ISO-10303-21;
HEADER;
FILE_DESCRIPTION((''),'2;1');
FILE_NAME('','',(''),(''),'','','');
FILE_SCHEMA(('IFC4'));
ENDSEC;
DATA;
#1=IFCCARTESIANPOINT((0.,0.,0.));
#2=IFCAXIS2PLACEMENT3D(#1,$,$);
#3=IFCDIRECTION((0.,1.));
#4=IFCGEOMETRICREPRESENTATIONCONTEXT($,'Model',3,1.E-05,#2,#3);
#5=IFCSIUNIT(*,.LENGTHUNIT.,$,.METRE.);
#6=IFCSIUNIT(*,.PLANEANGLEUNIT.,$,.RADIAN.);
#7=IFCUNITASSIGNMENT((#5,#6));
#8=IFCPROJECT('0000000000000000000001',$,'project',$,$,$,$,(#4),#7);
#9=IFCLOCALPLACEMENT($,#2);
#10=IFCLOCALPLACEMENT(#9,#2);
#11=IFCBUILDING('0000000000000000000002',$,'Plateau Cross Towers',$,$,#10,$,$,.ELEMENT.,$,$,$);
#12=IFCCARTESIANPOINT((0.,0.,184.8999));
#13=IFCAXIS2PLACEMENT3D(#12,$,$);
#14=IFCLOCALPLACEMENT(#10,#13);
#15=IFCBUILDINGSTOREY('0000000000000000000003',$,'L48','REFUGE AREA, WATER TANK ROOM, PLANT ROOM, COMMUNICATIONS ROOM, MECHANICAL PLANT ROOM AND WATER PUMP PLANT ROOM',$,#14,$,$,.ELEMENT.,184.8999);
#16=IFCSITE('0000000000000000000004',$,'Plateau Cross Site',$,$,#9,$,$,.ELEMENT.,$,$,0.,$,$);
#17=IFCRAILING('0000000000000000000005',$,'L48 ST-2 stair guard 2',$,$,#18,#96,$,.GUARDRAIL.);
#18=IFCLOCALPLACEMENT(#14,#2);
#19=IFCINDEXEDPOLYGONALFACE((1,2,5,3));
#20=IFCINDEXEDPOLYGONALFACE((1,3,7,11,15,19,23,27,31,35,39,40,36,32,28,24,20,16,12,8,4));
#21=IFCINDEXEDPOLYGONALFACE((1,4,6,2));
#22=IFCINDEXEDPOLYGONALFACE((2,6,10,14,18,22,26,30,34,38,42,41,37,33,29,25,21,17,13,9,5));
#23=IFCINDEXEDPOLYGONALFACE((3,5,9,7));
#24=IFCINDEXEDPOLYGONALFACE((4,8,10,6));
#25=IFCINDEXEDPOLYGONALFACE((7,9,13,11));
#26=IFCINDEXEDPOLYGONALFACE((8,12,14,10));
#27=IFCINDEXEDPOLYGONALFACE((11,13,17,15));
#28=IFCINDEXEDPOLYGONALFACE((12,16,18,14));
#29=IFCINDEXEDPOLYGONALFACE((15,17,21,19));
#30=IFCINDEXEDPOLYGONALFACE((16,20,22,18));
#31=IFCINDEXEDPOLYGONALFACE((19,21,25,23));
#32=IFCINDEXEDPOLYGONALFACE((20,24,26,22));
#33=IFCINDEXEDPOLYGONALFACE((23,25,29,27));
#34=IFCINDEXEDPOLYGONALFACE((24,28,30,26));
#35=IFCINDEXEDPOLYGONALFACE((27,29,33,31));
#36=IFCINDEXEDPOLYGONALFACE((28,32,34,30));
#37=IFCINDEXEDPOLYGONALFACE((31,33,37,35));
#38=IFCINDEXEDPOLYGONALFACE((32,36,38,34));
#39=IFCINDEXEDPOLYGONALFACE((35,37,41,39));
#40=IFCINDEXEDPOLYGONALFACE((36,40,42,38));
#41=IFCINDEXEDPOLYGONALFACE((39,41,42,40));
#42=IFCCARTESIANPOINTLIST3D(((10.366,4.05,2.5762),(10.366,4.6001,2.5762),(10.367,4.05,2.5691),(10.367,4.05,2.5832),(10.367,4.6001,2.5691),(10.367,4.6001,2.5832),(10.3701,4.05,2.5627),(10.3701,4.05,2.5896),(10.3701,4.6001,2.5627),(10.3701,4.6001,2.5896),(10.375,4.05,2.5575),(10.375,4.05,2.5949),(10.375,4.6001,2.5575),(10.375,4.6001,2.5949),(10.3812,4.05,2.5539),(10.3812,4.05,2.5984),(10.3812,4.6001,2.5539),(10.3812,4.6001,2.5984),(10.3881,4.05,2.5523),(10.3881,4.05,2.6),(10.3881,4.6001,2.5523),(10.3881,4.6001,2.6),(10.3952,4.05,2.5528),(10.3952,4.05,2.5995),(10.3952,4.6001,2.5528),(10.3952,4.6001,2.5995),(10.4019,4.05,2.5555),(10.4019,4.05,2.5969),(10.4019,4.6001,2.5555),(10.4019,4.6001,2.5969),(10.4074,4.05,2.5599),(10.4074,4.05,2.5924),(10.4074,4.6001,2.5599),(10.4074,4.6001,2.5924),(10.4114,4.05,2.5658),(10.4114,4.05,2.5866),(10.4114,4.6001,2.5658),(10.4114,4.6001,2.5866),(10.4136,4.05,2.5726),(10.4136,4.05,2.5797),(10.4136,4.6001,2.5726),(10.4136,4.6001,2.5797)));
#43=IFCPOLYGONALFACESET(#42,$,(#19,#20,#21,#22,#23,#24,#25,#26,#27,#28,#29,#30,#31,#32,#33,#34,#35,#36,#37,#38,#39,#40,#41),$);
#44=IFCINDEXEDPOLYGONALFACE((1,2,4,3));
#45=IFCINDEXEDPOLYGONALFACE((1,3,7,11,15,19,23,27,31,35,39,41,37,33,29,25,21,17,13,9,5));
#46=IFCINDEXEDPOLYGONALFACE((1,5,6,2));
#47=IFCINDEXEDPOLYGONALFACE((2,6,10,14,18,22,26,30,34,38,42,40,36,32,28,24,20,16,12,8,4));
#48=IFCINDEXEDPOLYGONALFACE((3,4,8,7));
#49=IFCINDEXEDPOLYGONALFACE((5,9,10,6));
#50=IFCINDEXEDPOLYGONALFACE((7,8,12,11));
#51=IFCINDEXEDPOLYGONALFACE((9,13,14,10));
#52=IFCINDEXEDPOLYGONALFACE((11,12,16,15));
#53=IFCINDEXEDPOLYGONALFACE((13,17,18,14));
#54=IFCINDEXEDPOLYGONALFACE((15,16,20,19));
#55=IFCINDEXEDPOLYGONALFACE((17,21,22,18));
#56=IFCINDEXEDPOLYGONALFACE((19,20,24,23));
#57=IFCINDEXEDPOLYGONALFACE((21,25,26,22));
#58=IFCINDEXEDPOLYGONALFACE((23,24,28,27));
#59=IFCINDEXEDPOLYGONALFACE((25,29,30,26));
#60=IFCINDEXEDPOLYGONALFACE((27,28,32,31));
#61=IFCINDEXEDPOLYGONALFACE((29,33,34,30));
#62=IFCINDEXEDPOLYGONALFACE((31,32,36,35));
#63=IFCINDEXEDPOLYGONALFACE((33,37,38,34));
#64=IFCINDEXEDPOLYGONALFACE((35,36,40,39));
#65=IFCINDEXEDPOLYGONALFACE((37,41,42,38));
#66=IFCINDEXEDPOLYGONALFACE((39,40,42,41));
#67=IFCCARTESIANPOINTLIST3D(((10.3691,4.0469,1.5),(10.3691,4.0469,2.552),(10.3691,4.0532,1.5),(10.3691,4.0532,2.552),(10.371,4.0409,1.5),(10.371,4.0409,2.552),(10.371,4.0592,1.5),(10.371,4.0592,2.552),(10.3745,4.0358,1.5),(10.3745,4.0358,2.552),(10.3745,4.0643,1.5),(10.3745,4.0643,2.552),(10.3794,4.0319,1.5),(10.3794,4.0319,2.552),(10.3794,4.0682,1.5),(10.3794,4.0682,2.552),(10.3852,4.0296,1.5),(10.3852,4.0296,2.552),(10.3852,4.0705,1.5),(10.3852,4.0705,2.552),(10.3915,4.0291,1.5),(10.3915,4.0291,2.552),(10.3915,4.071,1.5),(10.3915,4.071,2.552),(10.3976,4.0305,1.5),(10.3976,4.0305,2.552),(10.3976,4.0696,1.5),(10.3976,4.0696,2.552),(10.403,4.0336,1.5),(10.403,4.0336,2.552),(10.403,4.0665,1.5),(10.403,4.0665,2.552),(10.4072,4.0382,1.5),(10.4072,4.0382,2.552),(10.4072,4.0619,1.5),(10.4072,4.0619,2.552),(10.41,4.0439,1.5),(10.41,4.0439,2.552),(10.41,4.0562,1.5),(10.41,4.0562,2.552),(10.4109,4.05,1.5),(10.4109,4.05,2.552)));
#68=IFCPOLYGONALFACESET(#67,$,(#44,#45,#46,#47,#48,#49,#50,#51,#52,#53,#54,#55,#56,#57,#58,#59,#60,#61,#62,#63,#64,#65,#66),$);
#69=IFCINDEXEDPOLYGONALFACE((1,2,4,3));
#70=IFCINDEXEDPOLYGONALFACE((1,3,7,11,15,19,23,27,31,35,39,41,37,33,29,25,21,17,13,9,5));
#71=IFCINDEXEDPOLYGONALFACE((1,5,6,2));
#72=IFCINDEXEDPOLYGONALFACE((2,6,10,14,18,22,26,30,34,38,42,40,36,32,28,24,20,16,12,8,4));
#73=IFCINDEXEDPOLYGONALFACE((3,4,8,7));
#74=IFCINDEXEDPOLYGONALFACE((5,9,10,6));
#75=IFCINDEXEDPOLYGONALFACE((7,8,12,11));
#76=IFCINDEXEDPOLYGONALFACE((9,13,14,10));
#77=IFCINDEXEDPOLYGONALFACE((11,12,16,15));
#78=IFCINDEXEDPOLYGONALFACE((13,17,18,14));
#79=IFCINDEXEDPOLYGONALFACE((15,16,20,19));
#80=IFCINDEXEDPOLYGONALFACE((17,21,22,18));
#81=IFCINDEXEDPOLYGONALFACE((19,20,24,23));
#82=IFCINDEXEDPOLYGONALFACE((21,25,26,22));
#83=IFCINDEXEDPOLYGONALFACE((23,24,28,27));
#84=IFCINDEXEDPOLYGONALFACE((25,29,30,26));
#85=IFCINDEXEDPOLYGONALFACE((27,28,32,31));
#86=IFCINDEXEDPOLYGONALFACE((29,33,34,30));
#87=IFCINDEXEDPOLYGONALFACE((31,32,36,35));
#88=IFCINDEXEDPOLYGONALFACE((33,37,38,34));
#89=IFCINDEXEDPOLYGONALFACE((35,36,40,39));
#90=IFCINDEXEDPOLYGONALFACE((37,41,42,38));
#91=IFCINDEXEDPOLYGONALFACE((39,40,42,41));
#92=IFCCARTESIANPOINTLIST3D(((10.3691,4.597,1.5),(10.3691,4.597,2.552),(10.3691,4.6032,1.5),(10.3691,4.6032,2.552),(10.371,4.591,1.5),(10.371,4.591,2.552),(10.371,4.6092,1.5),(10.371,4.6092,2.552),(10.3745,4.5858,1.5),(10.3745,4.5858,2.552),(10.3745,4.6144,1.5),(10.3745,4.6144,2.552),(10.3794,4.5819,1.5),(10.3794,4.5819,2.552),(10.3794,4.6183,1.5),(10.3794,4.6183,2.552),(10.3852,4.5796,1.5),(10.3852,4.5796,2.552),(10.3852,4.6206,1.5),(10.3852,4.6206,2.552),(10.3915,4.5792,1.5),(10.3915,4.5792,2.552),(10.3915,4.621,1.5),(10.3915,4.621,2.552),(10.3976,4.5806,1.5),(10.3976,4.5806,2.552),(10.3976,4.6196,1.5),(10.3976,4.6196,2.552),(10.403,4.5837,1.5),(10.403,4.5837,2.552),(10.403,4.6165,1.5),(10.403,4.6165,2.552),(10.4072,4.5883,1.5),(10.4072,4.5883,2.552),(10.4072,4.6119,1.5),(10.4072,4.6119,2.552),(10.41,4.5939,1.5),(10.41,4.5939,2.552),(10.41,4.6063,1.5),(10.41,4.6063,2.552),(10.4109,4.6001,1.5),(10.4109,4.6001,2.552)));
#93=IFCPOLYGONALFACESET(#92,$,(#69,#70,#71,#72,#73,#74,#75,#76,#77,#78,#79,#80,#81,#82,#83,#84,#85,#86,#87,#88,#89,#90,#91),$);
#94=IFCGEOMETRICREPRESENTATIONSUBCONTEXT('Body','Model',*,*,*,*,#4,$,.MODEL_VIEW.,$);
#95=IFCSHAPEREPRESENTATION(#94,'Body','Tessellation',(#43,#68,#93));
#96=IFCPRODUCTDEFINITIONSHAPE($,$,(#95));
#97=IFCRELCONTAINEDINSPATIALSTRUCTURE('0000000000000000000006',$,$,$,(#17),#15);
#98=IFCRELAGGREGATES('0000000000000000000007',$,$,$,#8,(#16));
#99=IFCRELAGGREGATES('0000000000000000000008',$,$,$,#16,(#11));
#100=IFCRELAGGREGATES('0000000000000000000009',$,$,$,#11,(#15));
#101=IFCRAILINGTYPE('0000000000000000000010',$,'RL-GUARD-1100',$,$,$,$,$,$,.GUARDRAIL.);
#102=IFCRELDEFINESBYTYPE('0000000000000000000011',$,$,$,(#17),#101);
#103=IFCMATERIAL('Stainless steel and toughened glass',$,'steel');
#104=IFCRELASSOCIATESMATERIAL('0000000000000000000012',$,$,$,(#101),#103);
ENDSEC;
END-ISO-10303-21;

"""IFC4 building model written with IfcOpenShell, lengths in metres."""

from ifc_helpers import new_model, si_unit, direction, frame, origin, origin_2d, place, context, subcontext, project, spatial, circle, extrude, material, type_object, element, save


model = new_model("IFC4")

# Units and contexts
model_context = context("Model", 3, precision=1e-05, world=origin(), true_north=direction((0.0, 1.0)))
body_context = subcontext(model_context, "Body", "Model", "MODEL_VIEW")
ifc_project = project(units=[si_unit("LENGTHUNIT", "METRE"), si_unit("PLANEANGLEUNIT", "RADIAN")], contexts=[model_context])

# Site, building, storey
site_placement = place(None, origin())
site = spatial("IfcSite", under=ifc_project, at=site_placement, Name="Plateau Cross Site", CompositionType="ELEMENT", RefElevation=0.0)
building_placement = place(site_placement, origin())
building = spatial("IfcBuilding", under=site, at=building_placement, Name="Plateau Cross Towers", CompositionType="ELEMENT")
storey_placement = place(building_placement, frame((0.0, 0.0, 184.8999)))
storey = spatial("IfcBuildingStorey", under=building, at=storey_placement, Name="L48", Description="REFUGE AREA, WATER TANK ROOM, PLANT ROOM, COMMUNICATIONS ROOM, MECHANICAL PLANT ROOM AND WATER PUMP PLANT ROOM", CompositionType="ELEMENT", Elevation=184.8999)

# Railing
ifc_material_1 = material(Name="Stainless steel and toughened glass", Category="steel")
railing_type_1 = type_object("IfcRailingType", Name="RL-GUARD-1100", PredefinedType="GUARDRAIL", material=ifc_material_1)
railing_1_placement = place(storey_placement, frame((10.3899, 4.05, 1.5)))
element("IfcRailing", 1, at=railing_1_placement, inside=storey, type_object=railing_type_1, Name="L48 ST-2 stair guard 2", PredefinedType="GUARDRAIL", context=body_context, shape_type="SweptSolid", body=[
    extrude(circle(Radius=0.0239, at=origin_2d()), frame((0.0, 0.0, 1.0762), z_axis=(0.0, 1.0, 0.0), x_axis=(-1.0, 0.0, 0.0)), (0.0, 0.0, 1.0), 0.55),
    extrude(circle(Radius=0.021, at=origin_2d()), origin(), (0.0, 0.0, 1.0), 1.052),
    extrude(circle(Radius=0.021, at=origin_2d()), frame((0.0, 0.55, 0.0)), (0.0, 0.0, 1.0), 1.052),
])

save(model, "model.ifc")
